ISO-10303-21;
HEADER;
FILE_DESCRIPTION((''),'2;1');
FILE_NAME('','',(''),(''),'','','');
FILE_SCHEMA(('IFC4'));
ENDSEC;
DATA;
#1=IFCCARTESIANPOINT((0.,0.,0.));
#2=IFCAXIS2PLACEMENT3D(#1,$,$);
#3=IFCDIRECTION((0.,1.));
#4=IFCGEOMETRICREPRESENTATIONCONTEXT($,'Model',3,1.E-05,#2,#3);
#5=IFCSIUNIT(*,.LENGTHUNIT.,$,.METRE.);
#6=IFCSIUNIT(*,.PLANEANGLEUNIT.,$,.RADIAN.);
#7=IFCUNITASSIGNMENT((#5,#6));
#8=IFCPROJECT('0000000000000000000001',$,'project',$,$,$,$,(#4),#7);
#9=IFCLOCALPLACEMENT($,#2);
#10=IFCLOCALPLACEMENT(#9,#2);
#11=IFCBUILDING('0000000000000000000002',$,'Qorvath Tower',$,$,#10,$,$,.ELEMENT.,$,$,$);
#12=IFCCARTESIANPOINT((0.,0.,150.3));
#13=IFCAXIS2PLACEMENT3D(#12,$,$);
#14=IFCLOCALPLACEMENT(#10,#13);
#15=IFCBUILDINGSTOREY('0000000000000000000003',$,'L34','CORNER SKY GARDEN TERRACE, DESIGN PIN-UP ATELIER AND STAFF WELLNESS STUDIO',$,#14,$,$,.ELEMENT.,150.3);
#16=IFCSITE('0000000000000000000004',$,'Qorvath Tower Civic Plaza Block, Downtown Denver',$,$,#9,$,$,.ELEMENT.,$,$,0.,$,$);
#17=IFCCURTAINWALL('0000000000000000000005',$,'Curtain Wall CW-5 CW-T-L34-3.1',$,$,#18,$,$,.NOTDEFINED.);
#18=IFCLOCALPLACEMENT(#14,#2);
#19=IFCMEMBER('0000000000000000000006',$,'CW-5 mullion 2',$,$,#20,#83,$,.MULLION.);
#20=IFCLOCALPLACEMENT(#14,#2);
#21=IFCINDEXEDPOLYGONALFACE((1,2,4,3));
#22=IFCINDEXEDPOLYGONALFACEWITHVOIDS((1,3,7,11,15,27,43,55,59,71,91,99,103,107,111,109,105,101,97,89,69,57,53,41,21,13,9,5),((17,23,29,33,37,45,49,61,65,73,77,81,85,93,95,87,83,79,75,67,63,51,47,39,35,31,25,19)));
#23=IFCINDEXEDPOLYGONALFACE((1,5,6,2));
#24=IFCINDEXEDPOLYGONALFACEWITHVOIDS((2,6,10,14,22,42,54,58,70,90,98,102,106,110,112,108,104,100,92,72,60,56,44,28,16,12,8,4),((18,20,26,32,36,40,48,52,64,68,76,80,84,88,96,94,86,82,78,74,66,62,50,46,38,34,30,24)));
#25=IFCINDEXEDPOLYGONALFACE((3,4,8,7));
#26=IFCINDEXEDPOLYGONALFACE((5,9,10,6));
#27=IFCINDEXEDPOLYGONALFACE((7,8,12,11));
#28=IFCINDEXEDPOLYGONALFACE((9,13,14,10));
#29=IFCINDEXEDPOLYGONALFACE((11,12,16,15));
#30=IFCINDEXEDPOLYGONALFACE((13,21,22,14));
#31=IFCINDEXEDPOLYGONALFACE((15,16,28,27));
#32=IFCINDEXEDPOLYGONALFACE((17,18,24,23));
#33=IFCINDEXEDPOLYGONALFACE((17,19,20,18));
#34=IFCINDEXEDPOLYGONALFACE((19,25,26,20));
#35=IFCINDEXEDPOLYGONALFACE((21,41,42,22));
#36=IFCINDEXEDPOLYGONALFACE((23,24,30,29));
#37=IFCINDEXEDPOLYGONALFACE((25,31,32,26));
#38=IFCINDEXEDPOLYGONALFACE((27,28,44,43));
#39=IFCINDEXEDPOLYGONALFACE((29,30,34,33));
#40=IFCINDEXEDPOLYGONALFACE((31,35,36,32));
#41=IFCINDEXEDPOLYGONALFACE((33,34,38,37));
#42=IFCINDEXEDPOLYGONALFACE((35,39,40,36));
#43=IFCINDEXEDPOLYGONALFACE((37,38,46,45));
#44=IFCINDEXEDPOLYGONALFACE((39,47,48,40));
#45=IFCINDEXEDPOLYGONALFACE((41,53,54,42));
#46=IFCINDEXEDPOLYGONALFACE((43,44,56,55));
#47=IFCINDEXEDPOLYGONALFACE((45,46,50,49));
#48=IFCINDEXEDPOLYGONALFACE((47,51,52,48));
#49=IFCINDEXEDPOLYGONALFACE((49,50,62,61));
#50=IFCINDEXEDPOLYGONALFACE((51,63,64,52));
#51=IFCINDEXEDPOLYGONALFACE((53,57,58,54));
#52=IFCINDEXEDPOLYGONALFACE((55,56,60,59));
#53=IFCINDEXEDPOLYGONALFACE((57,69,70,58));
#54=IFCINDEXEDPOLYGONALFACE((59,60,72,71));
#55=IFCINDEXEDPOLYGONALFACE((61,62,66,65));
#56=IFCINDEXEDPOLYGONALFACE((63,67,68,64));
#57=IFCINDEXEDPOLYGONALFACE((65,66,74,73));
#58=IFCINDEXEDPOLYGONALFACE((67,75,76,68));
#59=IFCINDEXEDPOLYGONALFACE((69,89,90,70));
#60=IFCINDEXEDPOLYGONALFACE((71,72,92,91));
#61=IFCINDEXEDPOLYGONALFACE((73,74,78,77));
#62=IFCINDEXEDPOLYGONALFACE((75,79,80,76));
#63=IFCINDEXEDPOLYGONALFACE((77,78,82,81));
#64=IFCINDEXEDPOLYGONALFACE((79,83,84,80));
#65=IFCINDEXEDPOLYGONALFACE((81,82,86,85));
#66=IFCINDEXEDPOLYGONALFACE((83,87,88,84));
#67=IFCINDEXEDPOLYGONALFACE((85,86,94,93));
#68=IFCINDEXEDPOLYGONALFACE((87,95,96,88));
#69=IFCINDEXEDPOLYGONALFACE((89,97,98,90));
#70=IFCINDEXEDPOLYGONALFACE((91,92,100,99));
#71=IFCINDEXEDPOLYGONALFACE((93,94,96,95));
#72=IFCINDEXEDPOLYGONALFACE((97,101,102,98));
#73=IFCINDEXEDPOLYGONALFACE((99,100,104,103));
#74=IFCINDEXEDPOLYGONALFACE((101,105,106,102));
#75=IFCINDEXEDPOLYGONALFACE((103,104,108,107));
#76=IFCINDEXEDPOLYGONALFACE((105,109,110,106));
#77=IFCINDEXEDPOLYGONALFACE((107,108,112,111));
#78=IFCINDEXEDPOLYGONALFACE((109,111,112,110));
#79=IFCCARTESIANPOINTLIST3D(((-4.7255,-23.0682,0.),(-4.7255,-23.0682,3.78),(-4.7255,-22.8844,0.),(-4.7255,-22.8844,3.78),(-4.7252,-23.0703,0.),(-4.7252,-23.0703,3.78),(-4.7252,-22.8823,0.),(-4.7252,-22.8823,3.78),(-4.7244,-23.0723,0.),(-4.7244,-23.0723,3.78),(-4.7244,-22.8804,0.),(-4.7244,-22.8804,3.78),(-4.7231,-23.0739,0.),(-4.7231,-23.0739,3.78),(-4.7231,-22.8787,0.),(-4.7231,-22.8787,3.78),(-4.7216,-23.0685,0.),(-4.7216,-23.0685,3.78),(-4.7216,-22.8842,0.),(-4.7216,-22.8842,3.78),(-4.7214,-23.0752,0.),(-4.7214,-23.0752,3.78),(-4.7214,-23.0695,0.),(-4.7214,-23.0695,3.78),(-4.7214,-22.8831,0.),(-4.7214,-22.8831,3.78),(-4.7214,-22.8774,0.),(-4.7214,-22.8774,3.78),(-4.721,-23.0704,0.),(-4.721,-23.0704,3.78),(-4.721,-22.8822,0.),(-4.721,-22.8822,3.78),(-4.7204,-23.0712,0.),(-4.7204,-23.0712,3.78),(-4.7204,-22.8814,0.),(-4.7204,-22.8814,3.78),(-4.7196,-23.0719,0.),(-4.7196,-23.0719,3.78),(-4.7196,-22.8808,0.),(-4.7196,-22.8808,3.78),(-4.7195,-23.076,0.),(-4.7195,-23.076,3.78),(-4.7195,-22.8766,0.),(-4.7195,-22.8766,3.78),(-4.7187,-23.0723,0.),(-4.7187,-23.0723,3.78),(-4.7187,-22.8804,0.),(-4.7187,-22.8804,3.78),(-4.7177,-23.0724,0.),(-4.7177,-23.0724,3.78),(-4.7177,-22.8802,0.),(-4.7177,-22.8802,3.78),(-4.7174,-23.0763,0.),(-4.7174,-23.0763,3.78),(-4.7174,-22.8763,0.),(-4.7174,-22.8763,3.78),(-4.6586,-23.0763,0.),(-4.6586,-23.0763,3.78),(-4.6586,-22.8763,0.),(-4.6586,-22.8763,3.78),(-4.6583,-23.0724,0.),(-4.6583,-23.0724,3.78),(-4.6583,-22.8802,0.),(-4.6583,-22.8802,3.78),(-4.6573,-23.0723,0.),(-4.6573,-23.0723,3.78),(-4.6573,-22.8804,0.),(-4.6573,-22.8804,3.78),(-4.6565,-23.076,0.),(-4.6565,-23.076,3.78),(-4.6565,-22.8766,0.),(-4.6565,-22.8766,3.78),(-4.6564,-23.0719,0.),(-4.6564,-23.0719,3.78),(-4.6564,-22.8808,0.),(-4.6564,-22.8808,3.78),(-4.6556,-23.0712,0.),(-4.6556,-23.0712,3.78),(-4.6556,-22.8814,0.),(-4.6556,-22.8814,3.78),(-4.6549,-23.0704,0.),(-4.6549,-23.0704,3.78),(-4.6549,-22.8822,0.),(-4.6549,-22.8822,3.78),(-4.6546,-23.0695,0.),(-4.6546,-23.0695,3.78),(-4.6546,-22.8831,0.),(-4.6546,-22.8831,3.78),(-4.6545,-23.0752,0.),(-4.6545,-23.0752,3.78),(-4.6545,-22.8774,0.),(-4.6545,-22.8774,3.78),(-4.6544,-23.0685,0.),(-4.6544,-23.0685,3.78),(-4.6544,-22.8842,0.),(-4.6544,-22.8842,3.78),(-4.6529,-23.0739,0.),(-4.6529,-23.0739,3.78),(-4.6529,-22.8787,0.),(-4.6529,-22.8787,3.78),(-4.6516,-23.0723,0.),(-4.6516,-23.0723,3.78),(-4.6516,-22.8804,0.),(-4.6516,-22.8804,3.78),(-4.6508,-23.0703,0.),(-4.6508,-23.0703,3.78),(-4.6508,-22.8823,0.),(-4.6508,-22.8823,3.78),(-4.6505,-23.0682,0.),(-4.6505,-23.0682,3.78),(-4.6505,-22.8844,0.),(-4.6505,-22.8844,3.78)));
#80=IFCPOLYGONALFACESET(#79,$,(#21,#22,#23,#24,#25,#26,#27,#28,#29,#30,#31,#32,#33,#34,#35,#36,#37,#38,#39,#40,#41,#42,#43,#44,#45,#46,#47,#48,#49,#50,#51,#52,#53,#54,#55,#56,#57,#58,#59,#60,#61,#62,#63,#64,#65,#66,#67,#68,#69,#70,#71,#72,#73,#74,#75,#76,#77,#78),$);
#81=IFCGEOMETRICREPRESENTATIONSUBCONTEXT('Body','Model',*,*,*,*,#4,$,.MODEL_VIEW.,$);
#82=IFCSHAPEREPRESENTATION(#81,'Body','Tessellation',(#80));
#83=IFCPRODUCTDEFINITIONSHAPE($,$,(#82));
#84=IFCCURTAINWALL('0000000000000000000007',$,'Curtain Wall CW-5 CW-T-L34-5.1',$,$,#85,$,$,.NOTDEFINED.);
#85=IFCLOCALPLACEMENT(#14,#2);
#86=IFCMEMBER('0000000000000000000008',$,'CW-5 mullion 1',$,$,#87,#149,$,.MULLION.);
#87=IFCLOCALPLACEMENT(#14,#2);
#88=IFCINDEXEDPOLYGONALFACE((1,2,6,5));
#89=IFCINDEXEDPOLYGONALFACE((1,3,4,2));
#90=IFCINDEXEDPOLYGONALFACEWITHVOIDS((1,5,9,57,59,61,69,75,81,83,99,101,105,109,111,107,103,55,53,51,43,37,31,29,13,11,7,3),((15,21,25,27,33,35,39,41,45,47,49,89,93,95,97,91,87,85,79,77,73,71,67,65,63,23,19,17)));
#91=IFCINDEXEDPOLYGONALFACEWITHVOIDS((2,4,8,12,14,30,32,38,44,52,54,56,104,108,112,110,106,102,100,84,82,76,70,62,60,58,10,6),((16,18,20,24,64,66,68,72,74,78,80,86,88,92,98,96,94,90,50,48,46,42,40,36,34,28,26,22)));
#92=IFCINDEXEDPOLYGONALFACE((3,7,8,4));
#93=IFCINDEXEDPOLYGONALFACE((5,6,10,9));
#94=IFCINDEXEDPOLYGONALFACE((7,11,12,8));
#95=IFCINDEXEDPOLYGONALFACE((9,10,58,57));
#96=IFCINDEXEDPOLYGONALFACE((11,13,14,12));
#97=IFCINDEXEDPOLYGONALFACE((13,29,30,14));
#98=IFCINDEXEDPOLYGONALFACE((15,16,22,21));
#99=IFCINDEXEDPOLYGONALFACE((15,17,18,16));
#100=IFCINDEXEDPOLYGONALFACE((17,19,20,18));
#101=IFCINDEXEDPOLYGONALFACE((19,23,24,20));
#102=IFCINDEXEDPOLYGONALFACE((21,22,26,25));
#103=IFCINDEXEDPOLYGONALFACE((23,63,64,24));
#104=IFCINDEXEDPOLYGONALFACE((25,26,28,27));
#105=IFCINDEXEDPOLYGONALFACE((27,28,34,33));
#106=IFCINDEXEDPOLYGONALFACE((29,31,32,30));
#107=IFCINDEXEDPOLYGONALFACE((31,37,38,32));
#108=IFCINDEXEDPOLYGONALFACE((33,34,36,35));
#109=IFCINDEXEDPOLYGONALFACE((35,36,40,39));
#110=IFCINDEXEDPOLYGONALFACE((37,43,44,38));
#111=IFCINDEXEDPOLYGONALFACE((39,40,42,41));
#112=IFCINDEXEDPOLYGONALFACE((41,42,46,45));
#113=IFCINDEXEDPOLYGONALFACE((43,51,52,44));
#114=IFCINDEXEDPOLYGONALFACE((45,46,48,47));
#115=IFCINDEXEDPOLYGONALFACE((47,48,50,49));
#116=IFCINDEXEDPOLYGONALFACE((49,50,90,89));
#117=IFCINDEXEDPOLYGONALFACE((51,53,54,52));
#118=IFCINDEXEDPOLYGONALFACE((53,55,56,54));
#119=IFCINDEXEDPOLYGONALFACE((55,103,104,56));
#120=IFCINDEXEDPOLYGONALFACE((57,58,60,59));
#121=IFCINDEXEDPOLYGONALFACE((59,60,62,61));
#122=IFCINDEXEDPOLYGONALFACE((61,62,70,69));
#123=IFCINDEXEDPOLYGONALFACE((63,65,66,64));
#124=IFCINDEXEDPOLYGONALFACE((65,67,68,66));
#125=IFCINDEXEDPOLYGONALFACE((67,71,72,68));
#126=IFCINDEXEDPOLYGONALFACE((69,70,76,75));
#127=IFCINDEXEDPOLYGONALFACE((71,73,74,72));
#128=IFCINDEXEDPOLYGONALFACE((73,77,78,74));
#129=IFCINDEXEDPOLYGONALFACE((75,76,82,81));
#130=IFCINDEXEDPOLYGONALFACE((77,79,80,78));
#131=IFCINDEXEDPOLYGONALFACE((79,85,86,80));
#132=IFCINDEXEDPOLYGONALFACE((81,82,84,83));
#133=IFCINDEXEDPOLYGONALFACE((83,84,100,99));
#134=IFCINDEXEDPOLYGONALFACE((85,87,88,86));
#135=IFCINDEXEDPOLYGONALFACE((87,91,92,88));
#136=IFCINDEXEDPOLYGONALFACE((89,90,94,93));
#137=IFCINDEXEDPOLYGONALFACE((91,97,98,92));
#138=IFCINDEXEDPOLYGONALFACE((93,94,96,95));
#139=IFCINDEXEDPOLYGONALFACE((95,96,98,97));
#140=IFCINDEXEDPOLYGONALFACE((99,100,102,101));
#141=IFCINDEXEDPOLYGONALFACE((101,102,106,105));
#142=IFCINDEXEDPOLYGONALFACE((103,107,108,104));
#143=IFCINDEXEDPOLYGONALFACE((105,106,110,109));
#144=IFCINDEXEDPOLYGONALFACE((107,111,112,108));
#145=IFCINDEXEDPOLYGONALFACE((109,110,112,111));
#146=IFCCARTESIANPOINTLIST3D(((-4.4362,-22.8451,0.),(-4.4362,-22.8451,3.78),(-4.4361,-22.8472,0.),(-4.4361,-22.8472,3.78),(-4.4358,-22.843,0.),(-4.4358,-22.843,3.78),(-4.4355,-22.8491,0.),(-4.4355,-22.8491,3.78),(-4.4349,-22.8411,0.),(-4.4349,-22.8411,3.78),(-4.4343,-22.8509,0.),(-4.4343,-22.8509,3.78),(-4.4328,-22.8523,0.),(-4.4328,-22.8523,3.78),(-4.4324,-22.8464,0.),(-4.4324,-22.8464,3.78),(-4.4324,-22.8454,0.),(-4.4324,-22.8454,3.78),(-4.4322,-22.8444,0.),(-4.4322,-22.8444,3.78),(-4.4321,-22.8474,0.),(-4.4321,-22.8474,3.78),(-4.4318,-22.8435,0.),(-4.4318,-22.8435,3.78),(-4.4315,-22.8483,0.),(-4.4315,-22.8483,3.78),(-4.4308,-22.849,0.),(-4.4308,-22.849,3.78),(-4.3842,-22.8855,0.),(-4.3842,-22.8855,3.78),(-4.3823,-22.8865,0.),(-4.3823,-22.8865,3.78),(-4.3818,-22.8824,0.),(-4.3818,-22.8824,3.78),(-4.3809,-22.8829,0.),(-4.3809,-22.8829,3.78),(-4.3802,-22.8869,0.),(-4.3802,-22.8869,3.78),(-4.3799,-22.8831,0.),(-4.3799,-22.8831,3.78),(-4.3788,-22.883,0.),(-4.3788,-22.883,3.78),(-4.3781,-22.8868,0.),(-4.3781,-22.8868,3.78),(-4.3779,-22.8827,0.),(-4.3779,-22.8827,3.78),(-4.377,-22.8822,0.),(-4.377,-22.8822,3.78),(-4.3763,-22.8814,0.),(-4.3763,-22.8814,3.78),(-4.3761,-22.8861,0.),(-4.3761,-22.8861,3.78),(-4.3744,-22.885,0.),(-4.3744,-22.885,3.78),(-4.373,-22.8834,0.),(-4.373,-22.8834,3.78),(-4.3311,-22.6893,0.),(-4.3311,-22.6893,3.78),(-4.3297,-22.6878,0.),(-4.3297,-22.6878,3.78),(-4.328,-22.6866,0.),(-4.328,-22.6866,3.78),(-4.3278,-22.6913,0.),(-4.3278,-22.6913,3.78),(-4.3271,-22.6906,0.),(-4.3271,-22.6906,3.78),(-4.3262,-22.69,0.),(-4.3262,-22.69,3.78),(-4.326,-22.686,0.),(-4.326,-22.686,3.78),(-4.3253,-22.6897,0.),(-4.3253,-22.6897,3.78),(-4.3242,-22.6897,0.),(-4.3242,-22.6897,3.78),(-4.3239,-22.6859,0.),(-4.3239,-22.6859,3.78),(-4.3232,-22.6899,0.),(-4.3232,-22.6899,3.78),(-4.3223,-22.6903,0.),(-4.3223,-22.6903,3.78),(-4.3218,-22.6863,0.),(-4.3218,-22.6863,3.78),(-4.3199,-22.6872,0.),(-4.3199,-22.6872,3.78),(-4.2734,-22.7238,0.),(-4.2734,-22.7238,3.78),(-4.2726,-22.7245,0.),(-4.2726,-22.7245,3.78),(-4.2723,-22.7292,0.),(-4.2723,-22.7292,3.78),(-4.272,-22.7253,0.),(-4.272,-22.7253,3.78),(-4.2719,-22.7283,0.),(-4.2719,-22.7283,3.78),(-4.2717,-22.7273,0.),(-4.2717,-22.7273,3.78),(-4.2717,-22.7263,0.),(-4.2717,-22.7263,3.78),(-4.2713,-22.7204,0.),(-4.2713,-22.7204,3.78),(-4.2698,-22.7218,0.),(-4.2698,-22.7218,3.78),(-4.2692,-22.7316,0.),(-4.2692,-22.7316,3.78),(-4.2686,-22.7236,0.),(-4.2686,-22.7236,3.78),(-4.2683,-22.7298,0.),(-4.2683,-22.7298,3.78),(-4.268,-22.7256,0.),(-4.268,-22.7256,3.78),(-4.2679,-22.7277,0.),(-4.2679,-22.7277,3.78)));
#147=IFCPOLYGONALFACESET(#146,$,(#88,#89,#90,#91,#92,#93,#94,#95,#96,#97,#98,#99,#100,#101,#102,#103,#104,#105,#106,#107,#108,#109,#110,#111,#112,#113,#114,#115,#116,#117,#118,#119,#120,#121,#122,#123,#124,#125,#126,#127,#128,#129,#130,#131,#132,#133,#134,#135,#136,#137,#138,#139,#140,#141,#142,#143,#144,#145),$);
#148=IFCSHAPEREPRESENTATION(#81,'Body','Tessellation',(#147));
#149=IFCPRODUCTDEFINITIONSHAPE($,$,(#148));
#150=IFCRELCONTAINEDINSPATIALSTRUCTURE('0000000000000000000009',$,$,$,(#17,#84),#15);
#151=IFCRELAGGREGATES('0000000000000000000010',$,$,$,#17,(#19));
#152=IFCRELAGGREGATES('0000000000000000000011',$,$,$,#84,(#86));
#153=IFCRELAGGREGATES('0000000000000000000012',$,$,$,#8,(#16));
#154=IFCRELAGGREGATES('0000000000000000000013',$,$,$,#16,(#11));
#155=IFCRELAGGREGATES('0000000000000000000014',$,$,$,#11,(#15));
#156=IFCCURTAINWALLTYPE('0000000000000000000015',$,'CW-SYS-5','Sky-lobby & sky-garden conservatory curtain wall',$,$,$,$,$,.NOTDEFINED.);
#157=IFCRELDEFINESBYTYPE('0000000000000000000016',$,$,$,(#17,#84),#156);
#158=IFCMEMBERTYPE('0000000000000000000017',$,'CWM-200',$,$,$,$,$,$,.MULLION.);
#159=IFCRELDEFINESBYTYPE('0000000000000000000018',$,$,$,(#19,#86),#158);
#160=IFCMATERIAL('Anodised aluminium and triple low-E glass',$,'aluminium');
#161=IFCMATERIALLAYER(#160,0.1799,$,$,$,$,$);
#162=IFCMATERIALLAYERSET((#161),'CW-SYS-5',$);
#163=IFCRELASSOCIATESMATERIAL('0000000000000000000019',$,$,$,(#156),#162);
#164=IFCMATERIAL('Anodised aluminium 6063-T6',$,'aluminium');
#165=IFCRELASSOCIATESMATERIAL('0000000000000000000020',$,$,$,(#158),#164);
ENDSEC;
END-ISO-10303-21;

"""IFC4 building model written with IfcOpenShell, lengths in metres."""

from ifc_helpers import new_model, si_unit, direction, frame, origin, origin_2d, place, context, subcontext, project, spatial, hollow_rectangle, extrude, material, layer, layer_set, material_profile, profile_set, type_object, element, aggregate, save


model = new_model("IFC4")

# Units and contexts
model_context = context("Model", 3, precision=1e-05, world=origin(), true_north=direction((0.0, 1.0)))
body_context = subcontext(model_context, "Body", "Model", "MODEL_VIEW")
ifc_project = project(units=[si_unit("LENGTHUNIT", "METRE"), si_unit("PLANEANGLEUNIT", "RADIAN")], contexts=[model_context])

# Site, building, storey
site_placement = place(None, origin())
site = spatial("IfcSite", under=ifc_project, at=site_placement, Name="Qorvath Tower Civic Plaza Block, Downtown Denver", CompositionType="ELEMENT", RefElevation=0.0)
building_placement = place(site_placement, origin())
building = spatial("IfcBuilding", under=site, at=building_placement, Name="Qorvath Tower", CompositionType="ELEMENT")
storey_placement = place(building_placement, frame((0.0, 0.0, 150.3)))
storey = spatial("IfcBuildingStorey", under=building, at=storey_placement, Name="L34", Description="CORNER SKY GARDEN TERRACE, DESIGN PIN-UP ATELIER AND STAFF WELLNESS STUDIO", CompositionType="ELEMENT", Elevation=150.3)

# Shared definitions
ifc_material_1 = material(Name="Anodised aluminium and triple low-E glass", Category="aluminium")
ifc_layer_1 = layer(ifc_material_1, 0.1799)
ifc_layer_set_1 = layer_set([ifc_layer_1], Name="CW-SYS-5")
curtain_wall_type = type_object("IfcCurtainWallType", Name="CW-SYS-5", Description="Sky-lobby & sky-garden conservatory curtain wall", PredefinedType="NOTDEFINED", material=ifc_layer_set_1)
ifc_material_2 = material(Name="Anodised aluminium 6063-T6", Category="aluminium")
ifc_material_profile_1 = material_profile(ifc_material_2, hollow_rectangle(XDim=0.075, YDim=0.2, WallThickness=0.0039, InnerFilletRadius=0.0039, OuterFilletRadius=0.0081, at=origin_2d()), Name="CWM 200x75")
ifc_profile_set_1 = profile_set([ifc_material_profile_1], Name="Anodised aluminium 6063-T6")
member_type_1 = type_object("IfcMemberType", Name="CWM-200", PredefinedType="MULLION", material=ifc_profile_set_1)

# Curtain walls, members
curtain_wall_1_placement = place(storey_placement, origin())
curtain_wall_1 = element("IfcCurtainWall", 1, at=curtain_wall_1_placement, inside=storey, type_object=curtain_wall_type, Name="Curtain Wall CW-5 CW-T-L34-3.1", PredefinedType="NOTDEFINED")
member_1_placement = place(storey_placement, frame((-4.688, -22.9763, 0.0), z_axis=(0.0, 0.0, 1.0), x_axis=(1.0, 0.0, 0.0)))
member_1 = element("IfcMember", 2, at=member_1_placement, type_object=member_type_1, Name="CW-5 mullion 2", PredefinedType="MULLION", context=body_context, shape_type="SweptSolid", body=[
    extrude(hollow_rectangle(XDim=0.075, YDim=0.2, WallThickness=0.0039, InnerFilletRadius=0.0039, OuterFilletRadius=0.0081, at=origin_2d()), origin(), (0.0, 0.0, 1.0), 3.78),
])
curtain_wall_2_placement = place(storey_placement, origin())
curtain_wall_2 = element("IfcCurtainWall", 3, at=curtain_wall_2_placement, inside=storey, type_object=curtain_wall_type, Name="Curtain Wall CW-5 CW-T-L34-5.1", PredefinedType="NOTDEFINED")
member_2_placement = place(storey_placement, frame((-4.3521, -22.7864, 0.0), z_axis=(0.0, 0.0, 1.0), x_axis=(-0.825581, 0.564284, 0.0)))
member_2 = element("IfcMember", 4, at=member_2_placement, type_object=member_type_1, Name="CW-5 mullion 1", PredefinedType="MULLION", context=body_context, shape_type="SweptSolid", body=[
    extrude(hollow_rectangle(XDim=0.075, YDim=0.2, WallThickness=0.0039, InnerFilletRadius=0.0039, OuterFilletRadius=0.0081, at=origin_2d()), origin(), (0.0, 0.0, 1.0), 3.78),
])

aggregate(curtain_wall_1, [member_1])
aggregate(curtain_wall_2, [member_2])

save(model, "model.ifc")
